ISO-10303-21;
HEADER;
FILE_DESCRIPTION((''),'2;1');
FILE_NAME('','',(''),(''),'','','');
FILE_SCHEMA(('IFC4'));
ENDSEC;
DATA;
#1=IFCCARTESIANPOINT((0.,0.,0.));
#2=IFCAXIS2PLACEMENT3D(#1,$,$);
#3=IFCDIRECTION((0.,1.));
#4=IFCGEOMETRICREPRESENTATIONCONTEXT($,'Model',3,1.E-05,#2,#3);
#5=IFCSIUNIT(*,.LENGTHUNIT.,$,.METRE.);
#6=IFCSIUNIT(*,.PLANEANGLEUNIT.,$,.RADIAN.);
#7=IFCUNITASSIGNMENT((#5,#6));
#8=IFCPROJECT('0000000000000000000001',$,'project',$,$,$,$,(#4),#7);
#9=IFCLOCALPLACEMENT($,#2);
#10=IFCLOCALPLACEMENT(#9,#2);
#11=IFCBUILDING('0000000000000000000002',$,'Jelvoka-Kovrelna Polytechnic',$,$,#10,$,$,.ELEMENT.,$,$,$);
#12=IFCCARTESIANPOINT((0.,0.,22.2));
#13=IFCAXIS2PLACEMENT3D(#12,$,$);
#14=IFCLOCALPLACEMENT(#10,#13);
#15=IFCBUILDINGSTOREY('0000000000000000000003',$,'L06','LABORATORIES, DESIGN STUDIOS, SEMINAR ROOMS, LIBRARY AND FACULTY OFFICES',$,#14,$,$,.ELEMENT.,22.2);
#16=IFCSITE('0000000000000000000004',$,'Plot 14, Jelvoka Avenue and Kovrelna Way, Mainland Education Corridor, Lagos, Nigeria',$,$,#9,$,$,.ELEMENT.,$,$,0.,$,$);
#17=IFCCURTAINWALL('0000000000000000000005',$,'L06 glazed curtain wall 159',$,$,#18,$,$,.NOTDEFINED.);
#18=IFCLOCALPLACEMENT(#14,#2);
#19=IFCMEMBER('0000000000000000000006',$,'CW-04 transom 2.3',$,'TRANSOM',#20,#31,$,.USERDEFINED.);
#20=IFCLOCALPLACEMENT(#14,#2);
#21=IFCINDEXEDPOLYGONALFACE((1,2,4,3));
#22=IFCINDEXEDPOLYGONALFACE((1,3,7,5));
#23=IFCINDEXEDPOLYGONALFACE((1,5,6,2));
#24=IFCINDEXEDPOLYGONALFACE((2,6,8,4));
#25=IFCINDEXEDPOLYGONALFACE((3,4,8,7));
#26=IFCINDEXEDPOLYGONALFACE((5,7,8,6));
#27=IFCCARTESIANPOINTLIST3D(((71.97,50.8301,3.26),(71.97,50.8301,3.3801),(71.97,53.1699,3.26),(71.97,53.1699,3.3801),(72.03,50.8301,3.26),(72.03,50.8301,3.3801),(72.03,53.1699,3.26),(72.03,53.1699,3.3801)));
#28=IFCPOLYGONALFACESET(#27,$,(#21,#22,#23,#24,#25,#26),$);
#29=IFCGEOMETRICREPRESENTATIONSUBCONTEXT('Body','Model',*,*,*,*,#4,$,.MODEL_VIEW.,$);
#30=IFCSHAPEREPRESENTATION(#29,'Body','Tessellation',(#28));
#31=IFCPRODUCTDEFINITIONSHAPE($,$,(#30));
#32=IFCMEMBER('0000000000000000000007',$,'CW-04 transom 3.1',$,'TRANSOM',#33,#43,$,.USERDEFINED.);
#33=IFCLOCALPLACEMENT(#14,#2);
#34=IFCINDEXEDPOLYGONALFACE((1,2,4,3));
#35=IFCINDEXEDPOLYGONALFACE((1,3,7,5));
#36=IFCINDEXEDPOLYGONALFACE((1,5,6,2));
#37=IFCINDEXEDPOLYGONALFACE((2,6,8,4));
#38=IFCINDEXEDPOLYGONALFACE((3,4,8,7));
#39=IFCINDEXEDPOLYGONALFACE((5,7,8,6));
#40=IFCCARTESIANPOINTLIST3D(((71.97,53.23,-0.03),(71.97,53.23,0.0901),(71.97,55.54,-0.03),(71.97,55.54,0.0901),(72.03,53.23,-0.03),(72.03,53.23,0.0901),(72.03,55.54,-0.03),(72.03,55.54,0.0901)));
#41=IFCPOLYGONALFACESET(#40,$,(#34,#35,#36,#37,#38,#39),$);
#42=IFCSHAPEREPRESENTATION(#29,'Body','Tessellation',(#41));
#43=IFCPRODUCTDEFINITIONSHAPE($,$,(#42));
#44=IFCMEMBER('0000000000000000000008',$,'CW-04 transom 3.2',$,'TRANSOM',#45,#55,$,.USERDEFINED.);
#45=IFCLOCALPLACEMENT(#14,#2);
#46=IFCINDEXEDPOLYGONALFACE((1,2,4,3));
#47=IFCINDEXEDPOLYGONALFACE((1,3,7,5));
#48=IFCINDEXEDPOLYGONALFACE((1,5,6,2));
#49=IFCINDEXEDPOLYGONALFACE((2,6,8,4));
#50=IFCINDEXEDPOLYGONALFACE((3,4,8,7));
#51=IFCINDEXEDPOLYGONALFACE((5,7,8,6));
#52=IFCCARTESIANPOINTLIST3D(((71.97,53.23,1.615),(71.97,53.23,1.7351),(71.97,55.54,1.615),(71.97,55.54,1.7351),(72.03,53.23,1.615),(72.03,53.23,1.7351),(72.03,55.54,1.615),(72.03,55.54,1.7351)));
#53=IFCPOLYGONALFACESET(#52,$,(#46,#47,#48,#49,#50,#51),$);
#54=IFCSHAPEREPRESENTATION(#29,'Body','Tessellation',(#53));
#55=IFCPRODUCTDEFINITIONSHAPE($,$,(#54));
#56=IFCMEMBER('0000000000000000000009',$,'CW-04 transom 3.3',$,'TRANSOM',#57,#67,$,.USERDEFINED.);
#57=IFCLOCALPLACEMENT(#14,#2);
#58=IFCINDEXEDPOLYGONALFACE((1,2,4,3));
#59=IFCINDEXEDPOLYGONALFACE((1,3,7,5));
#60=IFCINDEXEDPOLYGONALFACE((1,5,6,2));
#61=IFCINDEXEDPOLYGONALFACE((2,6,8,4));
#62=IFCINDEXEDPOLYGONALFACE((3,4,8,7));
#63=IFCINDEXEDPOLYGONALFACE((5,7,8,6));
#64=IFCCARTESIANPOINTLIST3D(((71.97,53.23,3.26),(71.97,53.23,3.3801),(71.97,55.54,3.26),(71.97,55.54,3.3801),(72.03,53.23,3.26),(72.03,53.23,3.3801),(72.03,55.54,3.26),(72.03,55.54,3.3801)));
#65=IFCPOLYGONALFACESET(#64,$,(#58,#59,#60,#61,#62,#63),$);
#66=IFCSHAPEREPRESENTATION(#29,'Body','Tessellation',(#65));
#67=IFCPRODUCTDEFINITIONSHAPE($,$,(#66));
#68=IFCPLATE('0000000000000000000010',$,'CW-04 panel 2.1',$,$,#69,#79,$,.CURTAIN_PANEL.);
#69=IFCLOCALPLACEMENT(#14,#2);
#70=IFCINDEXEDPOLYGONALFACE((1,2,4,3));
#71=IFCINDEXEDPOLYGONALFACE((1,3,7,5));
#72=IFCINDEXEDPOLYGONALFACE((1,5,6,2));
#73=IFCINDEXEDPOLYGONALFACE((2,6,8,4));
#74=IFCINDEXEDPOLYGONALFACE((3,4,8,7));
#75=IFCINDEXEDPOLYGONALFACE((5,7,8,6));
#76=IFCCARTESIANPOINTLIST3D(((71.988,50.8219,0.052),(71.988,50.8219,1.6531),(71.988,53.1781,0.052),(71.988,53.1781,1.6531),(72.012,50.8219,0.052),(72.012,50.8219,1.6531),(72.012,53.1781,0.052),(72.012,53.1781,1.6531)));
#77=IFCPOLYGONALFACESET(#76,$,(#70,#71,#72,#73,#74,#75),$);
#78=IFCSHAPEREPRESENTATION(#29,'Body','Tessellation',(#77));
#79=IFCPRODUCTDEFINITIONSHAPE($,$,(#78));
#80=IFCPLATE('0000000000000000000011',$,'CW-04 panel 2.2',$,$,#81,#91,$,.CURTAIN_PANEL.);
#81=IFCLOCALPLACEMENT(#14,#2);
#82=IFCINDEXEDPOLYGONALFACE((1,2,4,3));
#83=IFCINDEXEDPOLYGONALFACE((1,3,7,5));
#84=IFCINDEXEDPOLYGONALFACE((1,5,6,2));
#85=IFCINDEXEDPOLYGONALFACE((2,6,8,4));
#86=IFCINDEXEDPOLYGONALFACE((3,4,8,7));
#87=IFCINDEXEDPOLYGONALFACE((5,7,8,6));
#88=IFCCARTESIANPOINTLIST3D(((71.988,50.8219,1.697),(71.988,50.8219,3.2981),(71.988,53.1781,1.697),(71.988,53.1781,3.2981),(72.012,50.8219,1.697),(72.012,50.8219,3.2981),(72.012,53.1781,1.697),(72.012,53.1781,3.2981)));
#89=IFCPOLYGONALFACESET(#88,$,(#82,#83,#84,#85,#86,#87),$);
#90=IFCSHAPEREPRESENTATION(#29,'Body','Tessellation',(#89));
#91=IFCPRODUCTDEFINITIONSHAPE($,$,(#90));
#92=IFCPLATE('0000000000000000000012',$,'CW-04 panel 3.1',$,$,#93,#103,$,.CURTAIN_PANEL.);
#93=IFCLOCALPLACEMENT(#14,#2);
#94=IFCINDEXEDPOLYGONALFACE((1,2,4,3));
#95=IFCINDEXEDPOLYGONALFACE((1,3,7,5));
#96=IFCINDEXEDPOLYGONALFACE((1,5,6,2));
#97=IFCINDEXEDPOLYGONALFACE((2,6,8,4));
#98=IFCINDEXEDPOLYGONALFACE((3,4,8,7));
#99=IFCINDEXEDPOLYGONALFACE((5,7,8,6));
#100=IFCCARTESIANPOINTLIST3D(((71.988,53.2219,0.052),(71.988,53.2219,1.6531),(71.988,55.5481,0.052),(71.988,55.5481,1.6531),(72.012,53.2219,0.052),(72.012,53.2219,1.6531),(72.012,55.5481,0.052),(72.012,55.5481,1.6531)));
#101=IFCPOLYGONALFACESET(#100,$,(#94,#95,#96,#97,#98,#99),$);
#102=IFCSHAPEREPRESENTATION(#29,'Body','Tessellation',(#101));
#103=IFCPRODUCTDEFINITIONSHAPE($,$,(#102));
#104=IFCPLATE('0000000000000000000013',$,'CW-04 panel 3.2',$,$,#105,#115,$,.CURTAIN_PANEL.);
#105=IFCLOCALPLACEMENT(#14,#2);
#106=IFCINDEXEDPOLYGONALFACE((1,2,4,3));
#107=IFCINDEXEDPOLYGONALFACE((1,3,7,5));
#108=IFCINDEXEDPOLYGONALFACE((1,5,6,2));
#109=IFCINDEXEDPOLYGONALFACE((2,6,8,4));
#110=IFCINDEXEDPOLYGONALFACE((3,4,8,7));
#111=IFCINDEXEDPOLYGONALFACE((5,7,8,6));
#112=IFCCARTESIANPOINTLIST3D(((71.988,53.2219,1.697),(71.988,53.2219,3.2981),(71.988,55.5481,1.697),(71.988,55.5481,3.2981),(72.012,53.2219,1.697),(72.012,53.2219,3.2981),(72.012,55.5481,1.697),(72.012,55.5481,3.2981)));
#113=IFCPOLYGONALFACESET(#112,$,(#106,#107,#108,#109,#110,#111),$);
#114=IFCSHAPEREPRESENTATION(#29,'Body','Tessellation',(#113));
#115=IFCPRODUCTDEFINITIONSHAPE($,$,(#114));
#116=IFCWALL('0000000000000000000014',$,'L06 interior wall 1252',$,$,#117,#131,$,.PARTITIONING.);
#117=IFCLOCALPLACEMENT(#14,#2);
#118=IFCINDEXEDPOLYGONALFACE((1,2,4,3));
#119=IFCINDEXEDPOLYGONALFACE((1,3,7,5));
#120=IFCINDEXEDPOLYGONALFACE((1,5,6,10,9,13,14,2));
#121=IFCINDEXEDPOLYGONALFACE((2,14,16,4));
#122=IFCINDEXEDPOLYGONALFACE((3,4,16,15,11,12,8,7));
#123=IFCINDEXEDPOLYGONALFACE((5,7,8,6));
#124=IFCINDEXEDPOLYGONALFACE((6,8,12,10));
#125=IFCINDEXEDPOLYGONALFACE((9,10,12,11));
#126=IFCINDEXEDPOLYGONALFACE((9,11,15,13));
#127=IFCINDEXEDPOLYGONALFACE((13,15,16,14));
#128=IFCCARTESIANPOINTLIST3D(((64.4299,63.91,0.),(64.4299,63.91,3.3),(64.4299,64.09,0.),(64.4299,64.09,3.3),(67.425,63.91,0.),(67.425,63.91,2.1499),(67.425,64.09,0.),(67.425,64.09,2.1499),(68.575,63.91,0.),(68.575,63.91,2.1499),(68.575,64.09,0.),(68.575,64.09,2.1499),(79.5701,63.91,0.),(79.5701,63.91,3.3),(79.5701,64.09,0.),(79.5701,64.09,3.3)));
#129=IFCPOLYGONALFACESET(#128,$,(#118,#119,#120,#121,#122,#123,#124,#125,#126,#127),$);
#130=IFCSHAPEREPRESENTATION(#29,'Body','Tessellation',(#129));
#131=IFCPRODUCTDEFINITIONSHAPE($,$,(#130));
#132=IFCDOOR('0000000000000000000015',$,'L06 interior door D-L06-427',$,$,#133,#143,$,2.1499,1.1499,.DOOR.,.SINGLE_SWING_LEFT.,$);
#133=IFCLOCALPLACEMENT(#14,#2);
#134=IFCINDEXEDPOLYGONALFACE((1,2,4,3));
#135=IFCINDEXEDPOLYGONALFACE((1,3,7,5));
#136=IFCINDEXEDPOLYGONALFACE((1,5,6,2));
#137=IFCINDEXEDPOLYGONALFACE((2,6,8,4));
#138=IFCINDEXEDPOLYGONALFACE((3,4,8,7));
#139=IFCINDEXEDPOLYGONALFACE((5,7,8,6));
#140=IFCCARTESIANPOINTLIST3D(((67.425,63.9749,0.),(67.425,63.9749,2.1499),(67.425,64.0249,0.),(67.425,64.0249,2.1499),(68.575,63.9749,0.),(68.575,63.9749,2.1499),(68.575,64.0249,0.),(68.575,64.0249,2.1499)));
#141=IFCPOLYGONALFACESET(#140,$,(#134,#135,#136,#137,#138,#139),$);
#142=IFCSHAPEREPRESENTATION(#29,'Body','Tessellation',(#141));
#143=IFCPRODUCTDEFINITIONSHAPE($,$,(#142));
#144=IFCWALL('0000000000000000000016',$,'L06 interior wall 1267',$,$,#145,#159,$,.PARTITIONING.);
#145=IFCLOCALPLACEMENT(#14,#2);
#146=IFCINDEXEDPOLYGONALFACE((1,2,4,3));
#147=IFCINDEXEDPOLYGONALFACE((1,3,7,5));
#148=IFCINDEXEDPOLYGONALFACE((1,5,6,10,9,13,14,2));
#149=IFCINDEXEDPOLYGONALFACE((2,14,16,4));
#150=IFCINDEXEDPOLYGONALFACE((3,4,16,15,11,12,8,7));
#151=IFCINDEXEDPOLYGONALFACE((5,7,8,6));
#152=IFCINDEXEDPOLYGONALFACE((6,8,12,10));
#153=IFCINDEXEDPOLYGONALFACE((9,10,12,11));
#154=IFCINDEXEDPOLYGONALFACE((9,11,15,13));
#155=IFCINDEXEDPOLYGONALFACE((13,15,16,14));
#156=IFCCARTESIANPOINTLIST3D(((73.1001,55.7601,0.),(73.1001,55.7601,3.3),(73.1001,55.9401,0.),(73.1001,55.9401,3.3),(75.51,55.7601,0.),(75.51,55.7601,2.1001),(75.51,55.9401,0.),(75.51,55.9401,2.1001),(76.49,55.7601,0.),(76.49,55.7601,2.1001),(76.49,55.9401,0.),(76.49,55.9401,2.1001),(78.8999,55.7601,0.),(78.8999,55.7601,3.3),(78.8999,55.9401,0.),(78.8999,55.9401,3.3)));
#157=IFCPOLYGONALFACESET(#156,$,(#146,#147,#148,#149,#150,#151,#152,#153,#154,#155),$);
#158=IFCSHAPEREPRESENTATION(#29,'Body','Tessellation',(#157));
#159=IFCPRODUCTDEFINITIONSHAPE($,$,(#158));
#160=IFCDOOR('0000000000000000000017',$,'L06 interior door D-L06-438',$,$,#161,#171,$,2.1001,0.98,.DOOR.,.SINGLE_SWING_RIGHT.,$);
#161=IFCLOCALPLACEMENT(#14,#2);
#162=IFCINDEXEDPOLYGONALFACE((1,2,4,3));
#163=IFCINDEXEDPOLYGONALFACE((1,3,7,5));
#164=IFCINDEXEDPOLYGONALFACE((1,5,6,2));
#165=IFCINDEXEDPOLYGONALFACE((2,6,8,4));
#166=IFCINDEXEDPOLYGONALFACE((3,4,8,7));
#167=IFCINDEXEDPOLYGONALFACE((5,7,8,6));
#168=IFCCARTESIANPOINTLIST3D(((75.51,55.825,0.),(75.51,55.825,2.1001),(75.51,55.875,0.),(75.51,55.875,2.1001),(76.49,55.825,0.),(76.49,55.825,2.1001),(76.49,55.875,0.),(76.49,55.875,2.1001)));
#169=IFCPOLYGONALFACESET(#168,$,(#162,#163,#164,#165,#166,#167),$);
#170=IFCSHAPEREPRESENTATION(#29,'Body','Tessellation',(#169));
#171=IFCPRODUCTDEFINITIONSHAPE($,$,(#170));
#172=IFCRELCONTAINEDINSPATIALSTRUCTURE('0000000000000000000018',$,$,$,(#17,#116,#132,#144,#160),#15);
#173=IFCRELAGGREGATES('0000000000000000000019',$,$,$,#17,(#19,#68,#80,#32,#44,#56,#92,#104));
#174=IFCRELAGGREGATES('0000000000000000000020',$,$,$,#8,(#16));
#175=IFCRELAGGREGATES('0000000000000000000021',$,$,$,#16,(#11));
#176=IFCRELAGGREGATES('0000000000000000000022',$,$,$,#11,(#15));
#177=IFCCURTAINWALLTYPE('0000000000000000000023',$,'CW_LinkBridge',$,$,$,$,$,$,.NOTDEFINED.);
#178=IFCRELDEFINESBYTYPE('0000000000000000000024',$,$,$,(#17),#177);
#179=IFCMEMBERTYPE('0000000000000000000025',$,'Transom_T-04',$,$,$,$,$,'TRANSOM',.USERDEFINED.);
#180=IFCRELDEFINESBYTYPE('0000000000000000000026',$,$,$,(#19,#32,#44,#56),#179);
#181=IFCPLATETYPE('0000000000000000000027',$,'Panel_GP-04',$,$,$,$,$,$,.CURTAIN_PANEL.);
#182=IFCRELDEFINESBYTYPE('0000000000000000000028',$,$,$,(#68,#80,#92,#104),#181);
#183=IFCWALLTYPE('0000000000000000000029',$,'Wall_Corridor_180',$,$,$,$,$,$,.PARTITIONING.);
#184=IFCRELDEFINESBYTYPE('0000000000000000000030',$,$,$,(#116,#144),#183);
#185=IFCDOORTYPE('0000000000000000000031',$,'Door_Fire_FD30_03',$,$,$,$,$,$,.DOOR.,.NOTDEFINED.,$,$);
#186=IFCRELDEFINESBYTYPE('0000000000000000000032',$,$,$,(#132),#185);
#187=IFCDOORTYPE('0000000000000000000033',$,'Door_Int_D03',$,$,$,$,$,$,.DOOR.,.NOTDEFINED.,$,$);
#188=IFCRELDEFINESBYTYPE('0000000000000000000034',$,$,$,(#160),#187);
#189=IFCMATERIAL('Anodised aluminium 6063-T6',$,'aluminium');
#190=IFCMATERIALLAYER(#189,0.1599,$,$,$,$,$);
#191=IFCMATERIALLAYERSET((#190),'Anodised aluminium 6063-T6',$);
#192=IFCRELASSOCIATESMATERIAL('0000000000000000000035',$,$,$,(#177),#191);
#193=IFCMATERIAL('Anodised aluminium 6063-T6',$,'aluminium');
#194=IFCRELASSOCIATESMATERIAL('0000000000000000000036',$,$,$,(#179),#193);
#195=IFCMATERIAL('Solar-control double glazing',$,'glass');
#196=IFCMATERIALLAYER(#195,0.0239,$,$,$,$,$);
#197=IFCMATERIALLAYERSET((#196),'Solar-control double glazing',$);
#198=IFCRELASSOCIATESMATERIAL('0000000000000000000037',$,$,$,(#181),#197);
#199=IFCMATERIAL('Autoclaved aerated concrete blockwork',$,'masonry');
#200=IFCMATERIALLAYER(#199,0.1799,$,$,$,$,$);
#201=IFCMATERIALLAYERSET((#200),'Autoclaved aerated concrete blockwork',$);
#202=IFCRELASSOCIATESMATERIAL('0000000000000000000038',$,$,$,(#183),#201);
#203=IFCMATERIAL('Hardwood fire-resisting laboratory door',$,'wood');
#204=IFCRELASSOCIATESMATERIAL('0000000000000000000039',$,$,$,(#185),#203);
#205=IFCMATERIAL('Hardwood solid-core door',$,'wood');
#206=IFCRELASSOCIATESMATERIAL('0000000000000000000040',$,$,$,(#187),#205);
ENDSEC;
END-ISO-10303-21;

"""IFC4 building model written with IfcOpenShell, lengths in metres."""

from ifc_helpers import new_model, si_unit, direction, frame, frame_2d, origin, origin_2d, place, context, subcontext, project, spatial, rectangle, extrude, material, layer, layer_set, material_profile, profile_set, type_object, element, fill, aggregate, save


model = new_model("IFC4")

# Units and contexts
model_context = context("Model", 3, precision=1e-05, world=origin(), true_north=direction((0.0, 1.0)))
body_context = subcontext(model_context, "Body", "Model", "MODEL_VIEW")
ifc_project = project(units=[si_unit("LENGTHUNIT", "METRE"), si_unit("PLANEANGLEUNIT", "RADIAN")], contexts=[model_context])

# Site, building, storey
site_placement = place(None, origin())
site = spatial("IfcSite", under=ifc_project, at=site_placement, Name="Plot 14, Jelvoka Avenue and Kovrelna Way, Mainland Education Corridor, Lagos, Nigeria", CompositionType="ELEMENT", RefElevation=0.0)
building_placement = place(site_placement, origin())
building = spatial("IfcBuilding", under=site, at=building_placement, Name="Jelvoka-Kovrelna Polytechnic", CompositionType="ELEMENT")
storey_placement = place(building_placement, frame((0.0, 0.0, 22.2)))
storey = spatial("IfcBuildingStorey", under=building, at=storey_placement, Name="L06", Description="LABORATORIES, DESIGN STUDIOS, SEMINAR ROOMS, LIBRARY AND FACULTY OFFICES", CompositionType="ELEMENT", Elevation=22.2)

# Curtain wall
ifc_material_1 = material(Name="Anodised aluminium 6063-T6", Category="aluminium")
ifc_layer_1 = layer(ifc_material_1, 0.1599)
ifc_layer_set_1 = layer_set([ifc_layer_1], Name="Anodised aluminium 6063-T6")
curtain_wall_type = type_object("IfcCurtainWallType", Name="CW_LinkBridge", PredefinedType="NOTDEFINED", material=ifc_layer_set_1)
curtain_wall_placement = place(storey_placement, origin())
curtain_wall = element("IfcCurtainWall", 1, at=curtain_wall_placement, inside=storey, type_object=curtain_wall_type, Name="L06 glazed curtain wall 159", PredefinedType="NOTDEFINED")

# Members
ifc_material_2 = material(Name="Anodised aluminium 6063-T6", Category="aluminium")
ifc_material_profile_1 = material_profile(ifc_material_2, rectangle(XDim=0.0601, YDim=0.1201, at=origin_2d()), Name="ALU 60x120")
ifc_profile_set_1 = profile_set([ifc_material_profile_1], Name="Anodised aluminium 6063-T6")
member_type_1 = type_object("IfcMemberType", Name="Transom_T-04", ElementType="TRANSOM", PredefinedType="USERDEFINED", material=ifc_profile_set_1)
member_1_placement = place(storey_placement, frame((72.0, 50.8301, 3.3201), z_axis=(0.0, 1.0, 0.0), x_axis=(-1.0, 0.0, 0.0)))
member_1 = element("IfcMember", 2, at=member_1_placement, type_object=member_type_1, Name="CW-04 transom 2.3", ObjectType="TRANSOM", PredefinedType="USERDEFINED", context=body_context, shape_type="SweptSolid", body=[
    extrude(rectangle(XDim=0.0601, YDim=0.1201, at=origin_2d()), origin(), (0.0, 0.0, 1.0), 2.3398),
])
member_2_placement = place(storey_placement, frame((72.0, 53.23, 0.03), z_axis=(0.0, 1.0, 0.0), x_axis=(-1.0, 0.0, 0.0)))
member_2 = element("IfcMember", 3, at=member_2_placement, type_object=member_type_1, Name="CW-04 transom 3.1", ObjectType="TRANSOM", PredefinedType="USERDEFINED", context=body_context, shape_type="SweptSolid", body=[
    extrude(rectangle(XDim=0.0601, YDim=0.1201, at=origin_2d()), origin(), (0.0, 0.0, 1.0), 2.3101),
])
member_3_placement = place(storey_placement, frame((72.0, 53.23, 1.675), z_axis=(0.0, 1.0, 0.0), x_axis=(-1.0, 0.0, 0.0)))
member_3 = element("IfcMember", 4, at=member_3_placement, type_object=member_type_1, Name="CW-04 transom 3.2", ObjectType="TRANSOM", PredefinedType="USERDEFINED", context=body_context, shape_type="SweptSolid", body=[
    extrude(rectangle(XDim=0.0601, YDim=0.1201, at=origin_2d()), origin(), (0.0, 0.0, 1.0), 2.3101),
])
member_4_placement = place(storey_placement, frame((72.0, 53.23, 3.3201), z_axis=(0.0, 1.0, 0.0), x_axis=(-1.0, 0.0, 0.0)))
member_4 = element("IfcMember", 5, at=member_4_placement, type_object=member_type_1, Name="CW-04 transom 3.3", ObjectType="TRANSOM", PredefinedType="USERDEFINED", context=body_context, shape_type="SweptSolid", body=[
    extrude(rectangle(XDim=0.0601, YDim=0.1201, at=origin_2d()), origin(), (0.0, 0.0, 1.0), 2.3101),
])

# Plates
ifc_material_3 = material(Name="Solar-control double glazing", Category="glass")
ifc_layer_2 = layer(ifc_material_3, 0.0239)
ifc_layer_set_2 = layer_set([ifc_layer_2], Name="Solar-control double glazing")
plate_type = type_object("IfcPlateType", Name="Panel_GP-04", PredefinedType="CURTAIN_PANEL", material=ifc_layer_set_2)
plate_1_placement = place(storey_placement, frame((72.0, 52.0, 0.052), z_axis=(0.0, 0.0, 1.0), x_axis=(0.0, 1.0, 0.0)))
plate_1 = element("IfcPlate", 6, at=plate_1_placement, type_object=plate_type, Name="CW-04 panel 2.1", PredefinedType="CURTAIN_PANEL", context=body_context, shape_type="SweptSolid", body=[
    extrude(rectangle(XDim=2.3562, YDim=0.0239, at=origin_2d()), origin(), (0.0, 0.0, 1.0), 1.6011),
])
plate_2_placement = place(storey_placement, frame((72.0, 52.0, 1.697), z_axis=(0.0, 0.0, 1.0), x_axis=(0.0, 1.0, 0.0)))
plate_2 = element("IfcPlate", 7, at=plate_2_placement, type_object=plate_type, Name="CW-04 panel 2.2", PredefinedType="CURTAIN_PANEL", context=body_context, shape_type="SweptSolid", body=[
    extrude(rectangle(XDim=2.3562, YDim=0.0239, at=origin_2d()), origin(), (0.0, 0.0, 1.0), 1.6011),
])
plate_3_placement = place(storey_placement, frame((72.0, 54.385, 0.052), z_axis=(0.0, 0.0, 1.0), x_axis=(0.0, 1.0, 0.0)))
plate_3 = element("IfcPlate", 8, at=plate_3_placement, type_object=plate_type, Name="CW-04 panel 3.1", PredefinedType="CURTAIN_PANEL", context=body_context, shape_type="SweptSolid", body=[
    extrude(rectangle(XDim=2.3262, YDim=0.0239, at=origin_2d()), origin(), (0.0, 0.0, 1.0), 1.6011),
])
plate_4_placement = place(storey_placement, frame((72.0, 54.385, 1.697), z_axis=(0.0, 0.0, 1.0), x_axis=(0.0, 1.0, 0.0)))
plate_4 = element("IfcPlate", 9, at=plate_4_placement, type_object=plate_type, Name="CW-04 panel 3.2", PredefinedType="CURTAIN_PANEL", context=body_context, shape_type="SweptSolid", body=[
    extrude(rectangle(XDim=2.3262, YDim=0.0239, at=origin_2d()), origin(), (0.0, 0.0, 1.0), 1.6011),
])
aggregate(curtain_wall, [member_1, plate_1, plate_2, member_2, member_3, member_4, plate_3, plate_4])

# Walls, openings, doors
ifc_material_4 = material(Name="Autoclaved aerated concrete blockwork", Category="masonry")
ifc_layer_3 = layer(ifc_material_4, 0.1799)
ifc_layer_set_3 = layer_set([ifc_layer_3], Name="Autoclaved aerated concrete blockwork")
wall_type_1 = type_object("IfcWallType", Name="Wall_Corridor_180", PredefinedType="PARTITIONING", material=ifc_layer_set_3)
wall_1_placement = place(storey_placement, frame((64.4299, 64.0, 0.0), z_axis=(0.0, 0.0, 1.0), x_axis=(1.0, 0.0, 0.0)))
wall_1 = element("IfcWall", 10, at=wall_1_placement, inside=storey, type_object=wall_type_1, Name="L06 interior wall 1252", PredefinedType="PARTITIONING", context=body_context, shape_type="SweptSolid", body=[
    extrude(rectangle(XDim=15.1401, YDim=0.1799, at=frame_2d((7.5701, 0.0))), origin(), (0.0, 0.0, 1.0), 3.3),
])
opening_1_placement = place(wall_1_placement, frame((2.9951, 0.0, 0.0)))
opening_1 = element("IfcOpeningElement", 11, at=opening_1_placement, cuts=wall_1, PredefinedType="OPENING", context=body_context, shape_type="SweptSolid", body=[
    extrude(rectangle(XDim=1.1499, YDim=2.1499, at=frame_2d((0.575, 1.075))), frame((0.0, 0.0999, 0.0), z_axis=(0.0, -1.0, 0.0), x_axis=(1.0, 0.0, 0.0)), (0.0, 0.0, 1.0), 0.2),
])
ifc_material_5 = material(Name="Hardwood fire-resisting laboratory door", Category="wood")
door_type_1 = type_object("IfcDoorType", Name="Door_Fire_FD30_03", OperationType="NOTDEFINED", PredefinedType="DOOR", material=ifc_material_5)
door_1_placement = place(opening_1_placement, origin())
door_1 = element("IfcDoor", 12, at=door_1_placement, inside=storey, type_object=door_type_1, Name="L06 interior door D-L06-427", OperationType="SINGLE_SWING_LEFT", OverallHeight=2.1499, OverallWidth=1.1499, PredefinedType="DOOR", context=body_context, shape_type="SweptSolid", body=[
    extrude(rectangle(XDim=1.1499, YDim=2.1499, at=frame_2d((0.575, 1.075))), frame((0.0, 0.0249, 0.0), z_axis=(0.0, -1.0, 0.0), x_axis=(1.0, 0.0, 0.0)), (0.0, 0.0, 1.0), 0.05),
])
fill(opening_1, door_1)
wall_2_placement = place(storey_placement, frame((73.1001, 55.8501, 0.0), z_axis=(0.0, 0.0, 1.0), x_axis=(1.0, 0.0, 0.0)))
wall_2 = element("IfcWall", 13, at=wall_2_placement, inside=storey, type_object=wall_type_1, Name="L06 interior wall 1267", PredefinedType="PARTITIONING", context=body_context, shape_type="SweptSolid", body=[
    extrude(rectangle(XDim=5.7998, YDim=0.1799, at=frame_2d((2.8999, 0.0))), origin(), (0.0, 0.0, 1.0), 3.3),
])
opening_2_placement = place(wall_2_placement, frame((2.4099, 0.0, 0.0)))
opening_2 = element("IfcOpeningElement", 14, at=opening_2_placement, cuts=wall_2, PredefinedType="OPENING", context=body_context, shape_type="SweptSolid", body=[
    extrude(rectangle(XDim=0.98, YDim=2.1001, at=frame_2d((0.49, 1.05))), frame((0.0, 0.0999, 0.0), z_axis=(0.0, -1.0, 0.0), x_axis=(1.0, 0.0, 0.0)), (0.0, 0.0, 1.0), 0.2),
])
ifc_material_6 = material(Name="Hardwood solid-core door", Category="wood")
door_type_2 = type_object("IfcDoorType", Name="Door_Int_D03", OperationType="NOTDEFINED", PredefinedType="DOOR", material=ifc_material_6)
door_2_placement = place(opening_2_placement, origin())
door_2 = element("IfcDoor", 15, at=door_2_placement, inside=storey, type_object=door_type_2, Name="L06 interior door D-L06-438", OperationType="SINGLE_SWING_RIGHT", OverallHeight=2.1001, OverallWidth=0.98, PredefinedType="DOOR", context=body_context, shape_type="SweptSolid", body=[
    extrude(rectangle(XDim=0.98, YDim=2.1001, at=frame_2d((0.49, 1.05))), frame((0.0, 0.0249, 0.0), z_axis=(0.0, -1.0, 0.0), x_axis=(1.0, 0.0, 0.0)), (0.0, 0.0, 1.0), 0.05),
])
fill(opening_2, door_2)

save(model, "model.ifc")
